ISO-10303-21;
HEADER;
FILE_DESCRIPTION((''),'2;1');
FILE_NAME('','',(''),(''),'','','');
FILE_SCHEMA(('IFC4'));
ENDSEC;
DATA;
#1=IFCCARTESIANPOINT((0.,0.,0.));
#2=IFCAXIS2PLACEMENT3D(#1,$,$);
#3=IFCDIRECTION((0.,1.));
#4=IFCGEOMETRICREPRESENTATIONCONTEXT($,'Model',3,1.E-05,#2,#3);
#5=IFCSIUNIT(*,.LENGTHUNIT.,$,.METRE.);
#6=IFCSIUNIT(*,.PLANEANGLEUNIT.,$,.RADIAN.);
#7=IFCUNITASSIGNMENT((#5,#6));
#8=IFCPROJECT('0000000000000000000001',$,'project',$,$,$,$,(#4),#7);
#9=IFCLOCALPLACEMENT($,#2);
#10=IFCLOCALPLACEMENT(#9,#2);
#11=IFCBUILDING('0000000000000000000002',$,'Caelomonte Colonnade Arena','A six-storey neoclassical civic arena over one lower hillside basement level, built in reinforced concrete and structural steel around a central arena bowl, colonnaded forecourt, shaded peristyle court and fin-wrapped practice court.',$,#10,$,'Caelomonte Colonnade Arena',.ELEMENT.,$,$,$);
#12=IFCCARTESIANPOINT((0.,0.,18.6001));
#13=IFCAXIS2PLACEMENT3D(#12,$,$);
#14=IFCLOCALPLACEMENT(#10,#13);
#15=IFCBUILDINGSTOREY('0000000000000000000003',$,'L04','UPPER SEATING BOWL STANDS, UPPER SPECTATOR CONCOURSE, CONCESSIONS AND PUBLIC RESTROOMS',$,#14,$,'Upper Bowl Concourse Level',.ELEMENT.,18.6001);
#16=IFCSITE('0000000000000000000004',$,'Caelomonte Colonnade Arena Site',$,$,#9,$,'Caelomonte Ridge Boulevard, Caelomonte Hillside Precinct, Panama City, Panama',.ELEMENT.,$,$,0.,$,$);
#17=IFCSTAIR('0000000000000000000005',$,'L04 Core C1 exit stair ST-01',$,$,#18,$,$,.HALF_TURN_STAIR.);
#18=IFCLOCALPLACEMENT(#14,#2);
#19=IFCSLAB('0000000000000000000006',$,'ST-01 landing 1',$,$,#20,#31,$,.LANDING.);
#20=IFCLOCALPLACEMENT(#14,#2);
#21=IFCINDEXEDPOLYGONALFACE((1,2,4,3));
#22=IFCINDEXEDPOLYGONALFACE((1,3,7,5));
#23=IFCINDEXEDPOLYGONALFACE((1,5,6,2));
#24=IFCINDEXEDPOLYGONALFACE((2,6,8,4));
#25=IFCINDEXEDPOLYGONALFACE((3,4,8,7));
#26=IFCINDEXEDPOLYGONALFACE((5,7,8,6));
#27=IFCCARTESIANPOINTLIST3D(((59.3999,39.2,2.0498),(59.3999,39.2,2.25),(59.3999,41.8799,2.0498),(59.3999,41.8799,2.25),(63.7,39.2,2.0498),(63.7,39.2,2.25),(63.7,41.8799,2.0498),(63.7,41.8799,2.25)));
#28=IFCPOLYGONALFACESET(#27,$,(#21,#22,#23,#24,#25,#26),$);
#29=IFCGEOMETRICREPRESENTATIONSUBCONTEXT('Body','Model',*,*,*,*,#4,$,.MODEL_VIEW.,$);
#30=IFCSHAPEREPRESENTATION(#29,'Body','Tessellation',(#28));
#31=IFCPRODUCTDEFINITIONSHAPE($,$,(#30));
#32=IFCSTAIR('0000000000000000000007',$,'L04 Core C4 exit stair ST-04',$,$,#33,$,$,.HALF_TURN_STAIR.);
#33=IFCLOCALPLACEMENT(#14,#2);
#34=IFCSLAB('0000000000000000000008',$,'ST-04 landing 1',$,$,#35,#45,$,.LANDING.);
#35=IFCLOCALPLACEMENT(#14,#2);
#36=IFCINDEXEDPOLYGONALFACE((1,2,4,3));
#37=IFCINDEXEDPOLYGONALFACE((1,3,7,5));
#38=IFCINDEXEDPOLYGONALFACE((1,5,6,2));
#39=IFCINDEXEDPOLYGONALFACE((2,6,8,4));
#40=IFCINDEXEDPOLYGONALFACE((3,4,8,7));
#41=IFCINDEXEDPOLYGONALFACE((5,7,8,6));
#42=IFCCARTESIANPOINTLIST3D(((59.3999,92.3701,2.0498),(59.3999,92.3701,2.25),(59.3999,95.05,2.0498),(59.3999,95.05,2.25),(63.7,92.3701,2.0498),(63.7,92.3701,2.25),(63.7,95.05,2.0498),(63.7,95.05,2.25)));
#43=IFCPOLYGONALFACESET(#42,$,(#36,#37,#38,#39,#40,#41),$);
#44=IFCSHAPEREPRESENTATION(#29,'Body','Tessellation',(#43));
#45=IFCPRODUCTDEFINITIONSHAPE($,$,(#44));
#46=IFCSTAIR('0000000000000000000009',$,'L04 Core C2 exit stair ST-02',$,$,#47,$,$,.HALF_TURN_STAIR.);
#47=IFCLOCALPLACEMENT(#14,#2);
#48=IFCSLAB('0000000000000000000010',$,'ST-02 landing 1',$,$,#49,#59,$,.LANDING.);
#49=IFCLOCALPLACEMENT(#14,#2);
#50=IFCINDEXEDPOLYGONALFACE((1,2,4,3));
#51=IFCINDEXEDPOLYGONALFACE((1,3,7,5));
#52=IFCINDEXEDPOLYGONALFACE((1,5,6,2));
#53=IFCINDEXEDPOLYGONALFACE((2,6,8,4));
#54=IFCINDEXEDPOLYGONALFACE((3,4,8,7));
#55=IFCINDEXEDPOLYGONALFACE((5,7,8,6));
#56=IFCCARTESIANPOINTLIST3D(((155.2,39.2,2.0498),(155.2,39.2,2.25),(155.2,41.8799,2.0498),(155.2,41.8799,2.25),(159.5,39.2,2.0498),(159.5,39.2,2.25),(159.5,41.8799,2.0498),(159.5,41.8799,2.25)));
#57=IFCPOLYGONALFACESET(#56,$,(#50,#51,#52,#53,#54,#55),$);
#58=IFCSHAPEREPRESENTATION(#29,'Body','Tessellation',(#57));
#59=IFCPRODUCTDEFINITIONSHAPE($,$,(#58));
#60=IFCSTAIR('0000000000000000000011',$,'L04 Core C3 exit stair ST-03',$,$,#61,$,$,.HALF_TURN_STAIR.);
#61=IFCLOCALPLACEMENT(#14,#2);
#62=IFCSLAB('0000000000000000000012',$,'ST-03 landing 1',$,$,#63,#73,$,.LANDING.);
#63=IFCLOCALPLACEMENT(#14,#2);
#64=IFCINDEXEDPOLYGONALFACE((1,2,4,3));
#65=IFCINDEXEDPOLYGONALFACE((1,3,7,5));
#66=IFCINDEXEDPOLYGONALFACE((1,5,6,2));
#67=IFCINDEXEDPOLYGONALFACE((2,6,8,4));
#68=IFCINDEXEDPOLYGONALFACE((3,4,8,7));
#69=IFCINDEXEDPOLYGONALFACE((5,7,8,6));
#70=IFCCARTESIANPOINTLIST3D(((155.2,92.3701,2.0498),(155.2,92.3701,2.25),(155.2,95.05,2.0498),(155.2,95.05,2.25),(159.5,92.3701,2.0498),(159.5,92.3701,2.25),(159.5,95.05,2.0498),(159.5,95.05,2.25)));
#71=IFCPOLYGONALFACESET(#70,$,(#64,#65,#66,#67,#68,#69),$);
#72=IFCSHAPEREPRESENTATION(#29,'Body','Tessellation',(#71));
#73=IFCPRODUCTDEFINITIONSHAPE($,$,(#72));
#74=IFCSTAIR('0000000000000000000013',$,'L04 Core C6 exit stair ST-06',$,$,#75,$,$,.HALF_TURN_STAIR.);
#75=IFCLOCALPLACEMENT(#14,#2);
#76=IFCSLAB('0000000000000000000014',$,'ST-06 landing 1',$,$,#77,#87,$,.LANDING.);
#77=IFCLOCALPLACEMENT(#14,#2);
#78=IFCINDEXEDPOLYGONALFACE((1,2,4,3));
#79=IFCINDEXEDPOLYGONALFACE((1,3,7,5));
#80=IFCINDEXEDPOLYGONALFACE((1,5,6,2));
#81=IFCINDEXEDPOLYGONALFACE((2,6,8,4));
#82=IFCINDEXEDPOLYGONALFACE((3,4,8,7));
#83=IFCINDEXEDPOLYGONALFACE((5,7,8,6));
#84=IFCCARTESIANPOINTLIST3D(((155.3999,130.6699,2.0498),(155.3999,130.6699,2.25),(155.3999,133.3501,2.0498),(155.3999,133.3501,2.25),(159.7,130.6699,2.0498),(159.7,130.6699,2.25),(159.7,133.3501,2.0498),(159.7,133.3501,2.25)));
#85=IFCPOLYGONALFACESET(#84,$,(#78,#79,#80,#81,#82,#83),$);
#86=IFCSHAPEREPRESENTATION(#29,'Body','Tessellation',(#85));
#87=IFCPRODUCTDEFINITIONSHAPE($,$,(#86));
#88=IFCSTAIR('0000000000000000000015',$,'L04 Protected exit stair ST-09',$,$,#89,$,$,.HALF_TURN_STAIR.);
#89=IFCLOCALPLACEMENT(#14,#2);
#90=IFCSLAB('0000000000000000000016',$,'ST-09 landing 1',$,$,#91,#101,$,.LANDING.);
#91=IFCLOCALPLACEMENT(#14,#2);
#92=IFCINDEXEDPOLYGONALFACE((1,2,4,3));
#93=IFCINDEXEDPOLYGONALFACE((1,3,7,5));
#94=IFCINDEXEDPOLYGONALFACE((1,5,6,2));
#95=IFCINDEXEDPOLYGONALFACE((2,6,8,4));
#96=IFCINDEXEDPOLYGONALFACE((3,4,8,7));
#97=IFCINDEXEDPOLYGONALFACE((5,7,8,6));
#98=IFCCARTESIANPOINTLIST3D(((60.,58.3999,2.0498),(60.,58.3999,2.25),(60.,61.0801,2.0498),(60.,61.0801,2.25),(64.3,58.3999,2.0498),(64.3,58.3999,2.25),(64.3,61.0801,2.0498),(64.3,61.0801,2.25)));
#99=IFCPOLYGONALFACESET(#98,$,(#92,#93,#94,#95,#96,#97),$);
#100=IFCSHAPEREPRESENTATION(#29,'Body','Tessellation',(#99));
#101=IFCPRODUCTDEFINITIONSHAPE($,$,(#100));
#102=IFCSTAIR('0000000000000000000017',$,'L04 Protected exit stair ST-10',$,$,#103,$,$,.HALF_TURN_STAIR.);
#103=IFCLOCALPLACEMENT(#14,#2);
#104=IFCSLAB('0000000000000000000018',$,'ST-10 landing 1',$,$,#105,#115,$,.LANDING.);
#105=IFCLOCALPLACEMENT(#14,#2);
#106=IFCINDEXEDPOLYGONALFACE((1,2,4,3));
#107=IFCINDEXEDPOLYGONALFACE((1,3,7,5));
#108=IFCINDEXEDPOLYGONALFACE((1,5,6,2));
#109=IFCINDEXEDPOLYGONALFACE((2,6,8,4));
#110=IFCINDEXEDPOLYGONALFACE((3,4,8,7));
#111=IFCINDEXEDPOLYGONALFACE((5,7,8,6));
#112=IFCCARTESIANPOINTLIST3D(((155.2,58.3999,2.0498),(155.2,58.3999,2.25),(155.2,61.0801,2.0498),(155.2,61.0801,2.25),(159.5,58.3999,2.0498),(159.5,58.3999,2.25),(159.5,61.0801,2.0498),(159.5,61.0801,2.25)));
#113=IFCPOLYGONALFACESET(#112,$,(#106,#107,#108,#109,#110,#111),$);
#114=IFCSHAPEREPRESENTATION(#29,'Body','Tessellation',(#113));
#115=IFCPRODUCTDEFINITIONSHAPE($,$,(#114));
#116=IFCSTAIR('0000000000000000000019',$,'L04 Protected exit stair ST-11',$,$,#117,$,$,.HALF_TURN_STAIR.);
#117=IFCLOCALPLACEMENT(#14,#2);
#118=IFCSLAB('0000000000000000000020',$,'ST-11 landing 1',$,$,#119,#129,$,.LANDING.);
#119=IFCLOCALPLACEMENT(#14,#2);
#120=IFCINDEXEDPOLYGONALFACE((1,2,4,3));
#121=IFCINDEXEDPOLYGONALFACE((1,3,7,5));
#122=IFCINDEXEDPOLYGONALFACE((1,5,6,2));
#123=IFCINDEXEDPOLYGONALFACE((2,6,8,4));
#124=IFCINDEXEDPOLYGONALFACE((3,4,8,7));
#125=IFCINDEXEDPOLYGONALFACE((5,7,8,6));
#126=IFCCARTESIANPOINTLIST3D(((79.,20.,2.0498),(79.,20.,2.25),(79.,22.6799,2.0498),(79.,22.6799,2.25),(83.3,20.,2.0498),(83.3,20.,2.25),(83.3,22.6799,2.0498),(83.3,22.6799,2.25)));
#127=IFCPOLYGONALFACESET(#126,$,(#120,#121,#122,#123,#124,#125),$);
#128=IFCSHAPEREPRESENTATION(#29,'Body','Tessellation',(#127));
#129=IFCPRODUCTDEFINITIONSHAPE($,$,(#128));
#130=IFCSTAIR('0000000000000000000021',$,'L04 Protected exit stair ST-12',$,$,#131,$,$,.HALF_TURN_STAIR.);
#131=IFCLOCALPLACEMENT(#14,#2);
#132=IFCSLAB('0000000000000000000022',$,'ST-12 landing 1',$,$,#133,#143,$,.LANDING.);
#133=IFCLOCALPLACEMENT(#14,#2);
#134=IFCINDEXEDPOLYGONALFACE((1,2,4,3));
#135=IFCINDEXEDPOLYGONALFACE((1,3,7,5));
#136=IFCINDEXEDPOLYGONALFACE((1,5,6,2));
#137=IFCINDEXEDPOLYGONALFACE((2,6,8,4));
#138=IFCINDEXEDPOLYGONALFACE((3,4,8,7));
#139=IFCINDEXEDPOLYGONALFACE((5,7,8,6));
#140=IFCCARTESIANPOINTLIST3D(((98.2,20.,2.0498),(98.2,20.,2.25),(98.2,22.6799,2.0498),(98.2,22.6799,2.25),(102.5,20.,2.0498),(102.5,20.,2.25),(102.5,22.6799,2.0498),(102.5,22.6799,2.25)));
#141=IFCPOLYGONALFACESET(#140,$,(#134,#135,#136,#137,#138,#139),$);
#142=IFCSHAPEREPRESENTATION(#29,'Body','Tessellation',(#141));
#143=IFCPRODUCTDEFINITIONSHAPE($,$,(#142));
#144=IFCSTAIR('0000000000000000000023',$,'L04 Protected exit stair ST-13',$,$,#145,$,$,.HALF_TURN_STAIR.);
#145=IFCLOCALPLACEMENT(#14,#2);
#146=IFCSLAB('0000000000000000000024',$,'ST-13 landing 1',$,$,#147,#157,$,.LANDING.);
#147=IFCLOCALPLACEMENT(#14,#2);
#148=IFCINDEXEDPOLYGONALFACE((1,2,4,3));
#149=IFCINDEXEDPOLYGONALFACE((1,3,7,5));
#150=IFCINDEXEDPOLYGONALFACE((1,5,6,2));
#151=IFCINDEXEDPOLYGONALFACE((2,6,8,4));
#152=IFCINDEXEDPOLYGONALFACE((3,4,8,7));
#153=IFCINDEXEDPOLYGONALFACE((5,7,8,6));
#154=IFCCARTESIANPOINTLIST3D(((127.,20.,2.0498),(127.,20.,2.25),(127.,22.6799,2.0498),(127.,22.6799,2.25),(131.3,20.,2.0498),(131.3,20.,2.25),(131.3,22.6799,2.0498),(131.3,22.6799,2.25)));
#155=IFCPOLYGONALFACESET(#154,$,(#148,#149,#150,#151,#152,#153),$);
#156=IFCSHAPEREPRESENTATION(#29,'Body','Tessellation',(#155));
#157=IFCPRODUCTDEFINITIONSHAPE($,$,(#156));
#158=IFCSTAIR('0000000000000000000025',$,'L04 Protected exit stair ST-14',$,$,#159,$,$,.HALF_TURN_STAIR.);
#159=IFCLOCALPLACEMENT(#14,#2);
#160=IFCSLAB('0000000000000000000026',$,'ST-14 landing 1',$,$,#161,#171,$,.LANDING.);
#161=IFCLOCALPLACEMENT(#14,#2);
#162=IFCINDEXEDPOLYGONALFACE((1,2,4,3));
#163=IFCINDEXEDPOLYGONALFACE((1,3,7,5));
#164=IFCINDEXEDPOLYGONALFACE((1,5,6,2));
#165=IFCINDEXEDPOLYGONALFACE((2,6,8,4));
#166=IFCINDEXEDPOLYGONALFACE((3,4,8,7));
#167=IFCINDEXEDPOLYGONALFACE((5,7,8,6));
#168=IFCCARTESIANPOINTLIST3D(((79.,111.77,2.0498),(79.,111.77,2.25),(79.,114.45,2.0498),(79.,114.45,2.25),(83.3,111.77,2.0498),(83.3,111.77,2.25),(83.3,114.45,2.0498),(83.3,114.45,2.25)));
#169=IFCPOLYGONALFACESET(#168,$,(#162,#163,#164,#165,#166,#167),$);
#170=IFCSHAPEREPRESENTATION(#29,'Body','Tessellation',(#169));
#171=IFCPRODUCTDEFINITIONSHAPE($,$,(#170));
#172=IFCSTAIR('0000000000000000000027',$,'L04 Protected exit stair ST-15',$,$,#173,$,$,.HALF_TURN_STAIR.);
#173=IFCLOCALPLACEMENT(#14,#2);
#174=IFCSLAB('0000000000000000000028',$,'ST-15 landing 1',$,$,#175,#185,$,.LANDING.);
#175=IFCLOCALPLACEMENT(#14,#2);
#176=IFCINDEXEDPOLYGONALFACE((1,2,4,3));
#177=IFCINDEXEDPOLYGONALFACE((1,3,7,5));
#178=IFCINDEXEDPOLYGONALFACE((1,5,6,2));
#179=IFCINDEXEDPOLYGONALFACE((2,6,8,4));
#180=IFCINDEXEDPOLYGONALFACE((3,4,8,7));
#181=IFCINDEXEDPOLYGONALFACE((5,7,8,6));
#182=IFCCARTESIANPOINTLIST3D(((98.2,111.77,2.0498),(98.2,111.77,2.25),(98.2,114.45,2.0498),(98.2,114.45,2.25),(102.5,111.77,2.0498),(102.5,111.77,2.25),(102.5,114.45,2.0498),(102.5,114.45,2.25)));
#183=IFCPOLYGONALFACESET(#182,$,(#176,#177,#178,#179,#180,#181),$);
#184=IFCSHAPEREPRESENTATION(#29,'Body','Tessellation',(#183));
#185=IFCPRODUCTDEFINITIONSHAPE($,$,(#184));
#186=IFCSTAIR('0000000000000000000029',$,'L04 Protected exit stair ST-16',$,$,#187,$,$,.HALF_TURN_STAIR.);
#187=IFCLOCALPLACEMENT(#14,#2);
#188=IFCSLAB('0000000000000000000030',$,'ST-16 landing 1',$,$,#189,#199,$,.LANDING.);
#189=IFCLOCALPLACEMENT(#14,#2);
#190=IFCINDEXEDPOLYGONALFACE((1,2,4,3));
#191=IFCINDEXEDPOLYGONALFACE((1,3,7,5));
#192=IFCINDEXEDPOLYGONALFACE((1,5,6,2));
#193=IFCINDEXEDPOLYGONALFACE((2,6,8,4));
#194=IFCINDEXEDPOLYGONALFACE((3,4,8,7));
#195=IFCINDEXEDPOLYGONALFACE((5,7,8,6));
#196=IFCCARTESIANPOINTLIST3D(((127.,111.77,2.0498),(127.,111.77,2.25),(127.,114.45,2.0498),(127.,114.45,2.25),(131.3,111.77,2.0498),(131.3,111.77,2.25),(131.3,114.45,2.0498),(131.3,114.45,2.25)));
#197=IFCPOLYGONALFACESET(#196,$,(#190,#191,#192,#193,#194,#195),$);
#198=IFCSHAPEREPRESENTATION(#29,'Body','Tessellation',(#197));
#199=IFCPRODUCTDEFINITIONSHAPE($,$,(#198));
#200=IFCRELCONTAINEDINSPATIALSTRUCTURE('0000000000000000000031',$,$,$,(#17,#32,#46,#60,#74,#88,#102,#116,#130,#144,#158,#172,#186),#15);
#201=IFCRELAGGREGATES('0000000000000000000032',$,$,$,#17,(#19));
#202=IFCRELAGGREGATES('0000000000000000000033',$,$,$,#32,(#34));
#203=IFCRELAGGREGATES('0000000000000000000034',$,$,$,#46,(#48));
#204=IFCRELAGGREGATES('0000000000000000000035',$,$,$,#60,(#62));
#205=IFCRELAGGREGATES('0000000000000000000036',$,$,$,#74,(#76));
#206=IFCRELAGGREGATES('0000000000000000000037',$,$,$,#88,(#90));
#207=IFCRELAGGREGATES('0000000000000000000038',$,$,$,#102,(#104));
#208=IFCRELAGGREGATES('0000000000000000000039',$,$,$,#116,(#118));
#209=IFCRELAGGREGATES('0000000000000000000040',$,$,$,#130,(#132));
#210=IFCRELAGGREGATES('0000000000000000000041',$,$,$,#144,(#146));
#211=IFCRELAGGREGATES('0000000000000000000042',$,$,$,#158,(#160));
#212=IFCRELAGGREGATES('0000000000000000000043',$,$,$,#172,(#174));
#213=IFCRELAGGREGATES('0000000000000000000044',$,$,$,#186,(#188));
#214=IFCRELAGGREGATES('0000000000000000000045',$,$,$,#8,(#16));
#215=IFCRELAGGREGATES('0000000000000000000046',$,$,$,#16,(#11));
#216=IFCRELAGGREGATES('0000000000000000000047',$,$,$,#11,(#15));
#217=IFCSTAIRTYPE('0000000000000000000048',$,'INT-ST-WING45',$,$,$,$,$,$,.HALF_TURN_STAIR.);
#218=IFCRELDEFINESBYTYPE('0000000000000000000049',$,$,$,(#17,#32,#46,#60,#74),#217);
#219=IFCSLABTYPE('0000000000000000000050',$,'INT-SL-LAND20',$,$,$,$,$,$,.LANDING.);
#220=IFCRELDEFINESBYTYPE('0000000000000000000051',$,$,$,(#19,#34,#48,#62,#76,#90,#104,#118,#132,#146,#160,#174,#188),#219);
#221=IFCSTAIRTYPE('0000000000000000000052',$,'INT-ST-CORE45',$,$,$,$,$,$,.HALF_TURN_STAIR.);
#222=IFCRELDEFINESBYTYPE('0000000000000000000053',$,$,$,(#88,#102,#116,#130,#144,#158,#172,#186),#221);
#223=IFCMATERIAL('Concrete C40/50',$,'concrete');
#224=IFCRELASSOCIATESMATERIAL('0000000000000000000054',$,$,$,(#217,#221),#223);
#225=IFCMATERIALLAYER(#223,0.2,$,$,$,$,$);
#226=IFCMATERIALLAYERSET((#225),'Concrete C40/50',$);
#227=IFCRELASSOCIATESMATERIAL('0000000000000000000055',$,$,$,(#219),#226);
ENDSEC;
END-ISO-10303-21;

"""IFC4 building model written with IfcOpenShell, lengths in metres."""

from ifc_helpers import new_model, si_unit, direction, frame, origin, place, context, subcontext, project, spatial, polyline, outline, extrude, material, layer, layer_set, type_object, element, aggregate, save


model = new_model("IFC4")

# Units and contexts
model_context = context("Model", 3, precision=1e-05, world=origin(), true_north=direction((0.0, 1.0)))
body_context = subcontext(model_context, "Body", "Model", "MODEL_VIEW")
ifc_project = project(units=[si_unit("LENGTHUNIT", "METRE"), si_unit("PLANEANGLEUNIT", "RADIAN")], contexts=[model_context])

# Site, building, storey
site_placement = place(None, origin())
site = spatial("IfcSite", under=ifc_project, at=site_placement, Name="Caelomonte Colonnade Arena Site", LongName="Caelomonte Ridge Boulevard, Caelomonte Hillside Precinct, Panama City, Panama", CompositionType="ELEMENT", RefElevation=0.0)
building_placement = place(site_placement, origin())
building = spatial("IfcBuilding", under=site, at=building_placement, Name="Caelomonte Colonnade Arena", Description="A six-storey neoclassical civic arena over one lower hillside basement level, built in reinforced concrete and structural steel around a central arena bowl, colonnaded forecourt, shaded peristyle court and fin-wrapped practice court.", LongName="Caelomonte Colonnade Arena", CompositionType="ELEMENT")
storey_placement = place(building_placement, frame((0.0, 0.0, 18.6001)))
storey = spatial("IfcBuildingStorey", under=building, at=storey_placement, Name="L04", Description="UPPER SEATING BOWL STANDS, UPPER SPECTATOR CONCOURSE, CONCESSIONS AND PUBLIC RESTROOMS", LongName="Upper Bowl Concourse Level", CompositionType="ELEMENT", Elevation=18.6001)

# Stairs, slabs
ifc_material_1 = material(Name="Concrete C40/50", Category="concrete")
stair_type_1 = type_object("IfcStairType", Name="INT-ST-WING45", PredefinedType="HALF_TURN_STAIR", material=ifc_material_1)
stair_1_placement = place(storey_placement, origin())
stair_1 = element("IfcStair", 1, at=stair_1_placement, inside=storey, type_object=stair_type_1, Name="L04 Core C1 exit stair ST-01", PredefinedType="HALF_TURN_STAIR")
ifc_layer_1 = layer(ifc_material_1, 0.2)
ifc_layer_set_1 = layer_set([ifc_layer_1], Name="Concrete C40/50")
slab_type_1 = type_object("IfcSlabType", Name="INT-SL-LAND20", PredefinedType="LANDING", material=ifc_layer_set_1)
slab_1_placement = place(storey_placement, frame((0.0, 0.0, 2.0498)))
slab_1 = element("IfcSlab", 2, at=slab_1_placement, type_object=slab_type_1, Name="ST-01 landing 1", PredefinedType="LANDING", context=body_context, shape_type="SweptSolid", body=[
    extrude(outline(polyline([(59.3999, 41.8799), (59.3999, 39.2), (63.7, 39.2), (63.7, 41.8799), (59.3999, 41.8799)])), origin(), (0.0, 0.0, 1.0), 0.2002),
])
aggregate(stair_1, [slab_1])
stair_2_placement = place(storey_placement, origin())
stair_2 = element("IfcStair", 3, at=stair_2_placement, inside=storey, type_object=stair_type_1, Name="L04 Core C4 exit stair ST-04", PredefinedType="HALF_TURN_STAIR")
slab_2_placement = place(storey_placement, frame((0.0, 0.0, 2.0498)))
slab_2 = element("IfcSlab", 4, at=slab_2_placement, type_object=slab_type_1, Name="ST-04 landing 1", PredefinedType="LANDING", context=body_context, shape_type="SweptSolid", body=[
    extrude(outline(polyline([(63.7, 92.3701), (63.7, 95.05), (59.3999, 95.05), (59.3999, 92.3701), (63.7, 92.3701)])), origin(), (0.0, 0.0, 1.0), 0.2002),
])
aggregate(stair_2, [slab_2])
stair_3_placement = place(storey_placement, origin())
stair_3 = element("IfcStair", 5, at=stair_3_placement, inside=storey, type_object=stair_type_1, Name="L04 Core C2 exit stair ST-02", PredefinedType="HALF_TURN_STAIR")
slab_3_placement = place(storey_placement, frame((0.0, 0.0, 2.0498)))
slab_3 = element("IfcSlab", 6, at=slab_3_placement, type_object=slab_type_1, Name="ST-02 landing 1", PredefinedType="LANDING", context=body_context, shape_type="SweptSolid", body=[
    extrude(outline(polyline([(155.2, 41.8799), (155.2, 39.2), (159.5, 39.2), (159.5, 41.8799), (155.2, 41.8799)])), origin(), (0.0, 0.0, 1.0), 0.2002),
])
aggregate(stair_3, [slab_3])
stair_4_placement = place(storey_placement, origin())
stair_4 = element("IfcStair", 7, at=stair_4_placement, inside=storey, type_object=stair_type_1, Name="L04 Core C3 exit stair ST-03", PredefinedType="HALF_TURN_STAIR")
slab_4_placement = place(storey_placement, frame((0.0, 0.0, 2.0498)))
slab_4 = element("IfcSlab", 8, at=slab_4_placement, type_object=slab_type_1, Name="ST-03 landing 1", PredefinedType="LANDING", context=body_context, shape_type="SweptSolid", body=[
    extrude(outline(polyline([(159.5, 92.3701), (159.5, 95.05), (155.2, 95.05), (155.2, 92.3701), (159.5, 92.3701)])), origin(), (0.0, 0.0, 1.0), 0.2002),
])
aggregate(stair_4, [slab_4])
stair_5_placement = place(storey_placement, origin())
stair_5 = element("IfcStair", 9, at=stair_5_placement, inside=storey, type_object=stair_type_1, Name="L04 Core C6 exit stair ST-06", PredefinedType="HALF_TURN_STAIR")
slab_5_placement = place(storey_placement, frame((0.0, 0.0, 2.0498)))
slab_5 = element("IfcSlab", 10, at=slab_5_placement, type_object=slab_type_1, Name="ST-06 landing 1", PredefinedType="LANDING", context=body_context, shape_type="SweptSolid", body=[
    extrude(outline(polyline([(159.7, 130.6699), (159.7, 133.3501), (155.3999, 133.3501), (155.3999, 130.6699), (159.7, 130.6699)])), origin(), (0.0, 0.0, 1.0), 0.2002),
])
aggregate(stair_5, [slab_5])
stair_type_2 = type_object("IfcStairType", Name="INT-ST-CORE45", PredefinedType="HALF_TURN_STAIR", material=ifc_material_1)
stair_6_placement = place(storey_placement, origin())
stair_6 = element("IfcStair", 11, at=stair_6_placement, inside=storey, type_object=stair_type_2, Name="L04 Protected exit stair ST-09", PredefinedType="HALF_TURN_STAIR")
slab_6_placement = place(storey_placement, frame((0.0, 0.0, 2.0498)))
slab_6 = element("IfcSlab", 12, at=slab_6_placement, type_object=slab_type_1, Name="ST-09 landing 1", PredefinedType="LANDING", context=body_context, shape_type="SweptSolid", body=[
    extrude(outline(polyline([(60.0, 61.0801), (60.0, 58.3999), (64.3, 58.3999), (64.3, 61.0801), (60.0, 61.0801)])), origin(), (0.0, 0.0, 1.0), 0.2002),
])
aggregate(stair_6, [slab_6])
stair_7_placement = place(storey_placement, origin())
stair_7 = element("IfcStair", 13, at=stair_7_placement, inside=storey, type_object=stair_type_2, Name="L04 Protected exit stair ST-10", PredefinedType="HALF_TURN_STAIR")
slab_7_placement = place(storey_placement, frame((0.0, 0.0, 2.0498)))
slab_7 = element("IfcSlab", 14, at=slab_7_placement, type_object=slab_type_1, Name="ST-10 landing 1", PredefinedType="LANDING", context=body_context, shape_type="SweptSolid", body=[
    extrude(outline(polyline([(155.2, 61.0801), (155.2, 58.3999), (159.5, 58.3999), (159.5, 61.0801), (155.2, 61.0801)])), origin(), (0.0, 0.0, 1.0), 0.2002),
])
aggregate(stair_7, [slab_7])
stair_8_placement = place(storey_placement, origin())
stair_8 = element("IfcStair", 15, at=stair_8_placement, inside=storey, type_object=stair_type_2, Name="L04 Protected exit stair ST-11", PredefinedType="HALF_TURN_STAIR")
slab_8_placement = place(storey_placement, frame((0.0, 0.0, 2.0498)))
slab_8 = element("IfcSlab", 16, at=slab_8_placement, type_object=slab_type_1, Name="ST-11 landing 1", PredefinedType="LANDING", context=body_context, shape_type="SweptSolid", body=[
    extrude(outline(polyline([(79.0, 22.6799), (79.0, 20.0), (83.3, 20.0), (83.3, 22.6799), (79.0, 22.6799)])), origin(), (0.0, 0.0, 1.0), 0.2002),
])
aggregate(stair_8, [slab_8])
stair_9_placement = place(storey_placement, origin())
stair_9 = element("IfcStair", 17, at=stair_9_placement, inside=storey, type_object=stair_type_2, Name="L04 Protected exit stair ST-12", PredefinedType="HALF_TURN_STAIR")
slab_9_placement = place(storey_placement, frame((0.0, 0.0, 2.0498)))
slab_9 = element("IfcSlab", 18, at=slab_9_placement, type_object=slab_type_1, Name="ST-12 landing 1", PredefinedType="LANDING", context=body_context, shape_type="SweptSolid", body=[
    extrude(outline(polyline([(98.2, 22.6799), (98.2, 20.0), (102.5, 20.0), (102.5, 22.6799), (98.2, 22.6799)])), origin(), (0.0, 0.0, 1.0), 0.2002),
])
aggregate(stair_9, [slab_9])
stair_10_placement = place(storey_placement, origin())
stair_10 = element("IfcStair", 19, at=stair_10_placement, inside=storey, type_object=stair_type_2, Name="L04 Protected exit stair ST-13", PredefinedType="HALF_TURN_STAIR")
slab_10_placement = place(storey_placement, frame((0.0, 0.0, 2.0498)))
slab_10 = element("IfcSlab", 20, at=slab_10_placement, type_object=slab_type_1, Name="ST-13 landing 1", PredefinedType="LANDING", context=body_context, shape_type="SweptSolid", body=[
    extrude(outline(polyline([(127.0, 22.6799), (127.0, 20.0), (131.3, 20.0), (131.3, 22.6799), (127.0, 22.6799)])), origin(), (0.0, 0.0, 1.0), 0.2002),
])
aggregate(stair_10, [slab_10])
stair_11_placement = place(storey_placement, origin())
stair_11 = element("IfcStair", 21, at=stair_11_placement, inside=storey, type_object=stair_type_2, Name="L04 Protected exit stair ST-14", PredefinedType="HALF_TURN_STAIR")
slab_11_placement = place(storey_placement, frame((0.0, 0.0, 2.0498)))
slab_11 = element("IfcSlab", 22, at=slab_11_placement, type_object=slab_type_1, Name="ST-14 landing 1", PredefinedType="LANDING", context=body_context, shape_type="SweptSolid", body=[
    extrude(outline(polyline([(83.3, 111.77), (83.3, 114.45), (79.0, 114.45), (79.0, 111.77), (83.3, 111.77)])), origin(), (0.0, 0.0, 1.0), 0.2002),
])
aggregate(stair_11, [slab_11])
stair_12_placement = place(storey_placement, origin())
stair_12 = element("IfcStair", 23, at=stair_12_placement, inside=storey, type_object=stair_type_2, Name="L04 Protected exit stair ST-15", PredefinedType="HALF_TURN_STAIR")
slab_12_placement = place(storey_placement, frame((0.0, 0.0, 2.0498)))
slab_12 = element("IfcSlab", 24, at=slab_12_placement, type_object=slab_type_1, Name="ST-15 landing 1", PredefinedType="LANDING", context=body_context, shape_type="SweptSolid", body=[
    extrude(outline(polyline([(102.5, 111.77), (102.5, 114.45), (98.2, 114.45), (98.2, 111.77), (102.5, 111.77)])), origin(), (0.0, 0.0, 1.0), 0.2002),
])
aggregate(stair_12, [slab_12])
stair_13_placement = place(storey_placement, origin())
stair_13 = element("IfcStair", 25, at=stair_13_placement, inside=storey, type_object=stair_type_2, Name="L04 Protected exit stair ST-16", PredefinedType="HALF_TURN_STAIR")
slab_13_placement = place(storey_placement, frame((0.0, 0.0, 2.0498)))
slab_13 = element("IfcSlab", 26, at=slab_13_placement, type_object=slab_type_1, Name="ST-16 landing 1", PredefinedType="LANDING", context=body_context, shape_type="SweptSolid", body=[
    extrude(outline(polyline([(131.3, 111.77), (131.3, 114.45), (127.0, 114.45), (127.0, 111.77), (131.3, 111.77)])), origin(), (0.0, 0.0, 1.0), 0.2002),
])
aggregate(stair_13, [slab_13])

save(model, "model.ifc")
